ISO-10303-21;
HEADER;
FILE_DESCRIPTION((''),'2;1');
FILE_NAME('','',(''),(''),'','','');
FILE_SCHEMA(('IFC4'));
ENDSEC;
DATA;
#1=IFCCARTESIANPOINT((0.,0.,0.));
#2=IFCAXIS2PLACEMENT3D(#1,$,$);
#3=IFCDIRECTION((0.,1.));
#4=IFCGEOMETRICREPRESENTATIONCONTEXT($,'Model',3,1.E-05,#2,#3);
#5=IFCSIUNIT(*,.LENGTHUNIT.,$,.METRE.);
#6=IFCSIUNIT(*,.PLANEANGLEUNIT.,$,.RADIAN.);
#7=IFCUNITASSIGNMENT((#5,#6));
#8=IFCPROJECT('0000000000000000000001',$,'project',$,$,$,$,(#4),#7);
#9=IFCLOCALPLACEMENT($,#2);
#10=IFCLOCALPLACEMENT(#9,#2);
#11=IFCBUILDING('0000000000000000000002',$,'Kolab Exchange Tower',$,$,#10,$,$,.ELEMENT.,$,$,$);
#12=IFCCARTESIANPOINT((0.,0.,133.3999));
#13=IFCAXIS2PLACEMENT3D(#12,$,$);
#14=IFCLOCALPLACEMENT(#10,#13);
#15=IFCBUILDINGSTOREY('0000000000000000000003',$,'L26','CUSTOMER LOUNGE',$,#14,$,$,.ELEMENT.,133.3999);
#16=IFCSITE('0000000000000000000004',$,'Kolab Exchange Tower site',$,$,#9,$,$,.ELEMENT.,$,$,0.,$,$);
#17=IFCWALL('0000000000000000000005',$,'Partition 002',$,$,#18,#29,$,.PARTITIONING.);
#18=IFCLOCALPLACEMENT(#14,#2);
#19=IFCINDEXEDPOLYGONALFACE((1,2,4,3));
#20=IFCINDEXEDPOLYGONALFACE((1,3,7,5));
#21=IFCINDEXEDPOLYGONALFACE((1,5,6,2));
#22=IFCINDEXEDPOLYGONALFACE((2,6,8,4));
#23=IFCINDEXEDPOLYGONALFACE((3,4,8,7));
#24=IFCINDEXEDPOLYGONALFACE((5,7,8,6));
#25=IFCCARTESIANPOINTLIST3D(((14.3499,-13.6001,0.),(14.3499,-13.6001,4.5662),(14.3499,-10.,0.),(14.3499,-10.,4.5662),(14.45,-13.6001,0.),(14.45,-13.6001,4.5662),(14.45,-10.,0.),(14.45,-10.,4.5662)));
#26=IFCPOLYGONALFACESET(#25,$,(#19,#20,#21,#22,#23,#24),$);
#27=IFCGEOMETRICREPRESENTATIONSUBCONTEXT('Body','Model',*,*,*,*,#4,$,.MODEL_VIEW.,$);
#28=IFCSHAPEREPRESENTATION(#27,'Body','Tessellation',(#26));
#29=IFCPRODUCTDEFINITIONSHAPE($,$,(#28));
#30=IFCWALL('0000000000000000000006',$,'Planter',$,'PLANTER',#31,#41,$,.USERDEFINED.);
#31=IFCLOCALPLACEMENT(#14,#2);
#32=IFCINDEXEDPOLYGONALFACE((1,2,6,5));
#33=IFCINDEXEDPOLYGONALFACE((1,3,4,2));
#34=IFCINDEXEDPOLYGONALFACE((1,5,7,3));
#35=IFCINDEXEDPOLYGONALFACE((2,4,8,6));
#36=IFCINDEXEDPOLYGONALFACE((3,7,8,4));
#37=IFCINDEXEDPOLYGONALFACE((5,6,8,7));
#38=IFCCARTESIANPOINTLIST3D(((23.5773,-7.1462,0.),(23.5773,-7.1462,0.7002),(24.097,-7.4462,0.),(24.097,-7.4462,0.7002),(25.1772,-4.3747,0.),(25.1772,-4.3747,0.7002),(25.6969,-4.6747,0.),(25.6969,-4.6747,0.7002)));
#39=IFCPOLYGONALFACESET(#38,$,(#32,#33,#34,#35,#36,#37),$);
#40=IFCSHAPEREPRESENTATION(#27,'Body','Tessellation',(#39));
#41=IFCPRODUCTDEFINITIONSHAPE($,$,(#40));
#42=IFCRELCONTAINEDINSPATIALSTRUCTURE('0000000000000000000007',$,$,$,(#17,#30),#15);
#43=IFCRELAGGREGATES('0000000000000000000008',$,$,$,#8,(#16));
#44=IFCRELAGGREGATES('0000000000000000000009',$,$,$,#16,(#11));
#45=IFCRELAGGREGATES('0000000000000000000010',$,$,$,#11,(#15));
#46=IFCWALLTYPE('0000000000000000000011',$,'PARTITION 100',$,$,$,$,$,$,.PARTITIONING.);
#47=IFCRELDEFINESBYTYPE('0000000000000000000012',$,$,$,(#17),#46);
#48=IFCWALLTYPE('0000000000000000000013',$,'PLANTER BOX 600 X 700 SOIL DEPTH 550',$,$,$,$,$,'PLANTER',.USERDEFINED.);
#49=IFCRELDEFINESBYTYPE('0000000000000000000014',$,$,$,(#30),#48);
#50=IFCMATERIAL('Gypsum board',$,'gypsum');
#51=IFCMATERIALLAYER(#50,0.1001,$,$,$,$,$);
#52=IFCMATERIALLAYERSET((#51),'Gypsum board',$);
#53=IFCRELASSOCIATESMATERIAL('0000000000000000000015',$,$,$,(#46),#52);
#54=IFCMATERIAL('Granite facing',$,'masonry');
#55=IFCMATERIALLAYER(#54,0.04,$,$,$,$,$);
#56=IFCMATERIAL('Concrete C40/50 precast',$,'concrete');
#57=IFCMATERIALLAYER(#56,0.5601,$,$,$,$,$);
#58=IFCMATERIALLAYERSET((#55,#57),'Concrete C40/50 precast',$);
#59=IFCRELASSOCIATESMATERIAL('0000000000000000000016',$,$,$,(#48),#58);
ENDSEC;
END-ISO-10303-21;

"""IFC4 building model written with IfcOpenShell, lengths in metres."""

from ifc_helpers import new_model, si_unit, direction, frame, frame_2d, origin, place, context, subcontext, project, spatial, rectangle, extrude, material, layer, layer_set, type_object, element, save


model = new_model("IFC4")

# Units and contexts
model_context = context("Model", 3, precision=1e-05, world=origin(), true_north=direction((0.0, 1.0)))
body_context = subcontext(model_context, "Body", "Model", "MODEL_VIEW")
ifc_project = project(units=[si_unit("LENGTHUNIT", "METRE"), si_unit("PLANEANGLEUNIT", "RADIAN")], contexts=[model_context])

# Site, building, storey
site_placement = place(None, origin())
site = spatial("IfcSite", under=ifc_project, at=site_placement, Name="Kolab Exchange Tower site", CompositionType="ELEMENT", RefElevation=0.0)
building_placement = place(site_placement, origin())
building = spatial("IfcBuilding", under=site, at=building_placement, Name="Kolab Exchange Tower", CompositionType="ELEMENT")
storey_placement = place(building_placement, frame((0.0, 0.0, 133.3999)))
storey = spatial("IfcBuildingStorey", under=building, at=storey_placement, Name="L26", Description="CUSTOMER LOUNGE", CompositionType="ELEMENT", Elevation=133.3999)

# Walls
ifc_material_1 = material(Name="Gypsum board", Category="gypsum")
ifc_layer_1 = layer(ifc_material_1, 0.1001)
ifc_layer_set_1 = layer_set([ifc_layer_1], Name="Gypsum board")
wall_type_1 = type_object("IfcWallType", Name="PARTITION 100", PredefinedType="PARTITIONING", material=ifc_layer_set_1)
wall_1_placement = place(storey_placement, frame((14.3999, -13.6001, 0.0), z_axis=(0.0, 0.0, 1.0), x_axis=(0.0, 1.0, 0.0)))
element("IfcWall", 1, at=wall_1_placement, inside=storey, type_object=wall_type_1, Name="Partition 002", PredefinedType="PARTITIONING", context=body_context, shape_type="SweptSolid", body=[
    extrude(rectangle(XDim=3.6001, YDim=0.1001, at=frame_2d((1.8, 0.0))), origin(), (0.0, 0.0, 1.0), 4.5662),
])
ifc_material_2 = material(Name="Granite facing", Category="masonry")
ifc_layer_2 = layer(ifc_material_2, 0.04)
ifc_material_3 = material(Name="Concrete C40/50 precast", Category="concrete")
ifc_layer_3 = layer(ifc_material_3, 0.5601)
ifc_layer_set_2 = layer_set([ifc_layer_2, ifc_layer_3], Name="Concrete C40/50 precast")
wall_type_2 = type_object("IfcWallType", Name="PLANTER BOX 600 X 700 SOIL DEPTH 550", ElementType="PLANTER", PredefinedType="USERDEFINED", material=ifc_layer_set_2)
wall_2_placement = place(storey_placement, frame((25.437, -4.5247, 0.0), z_axis=(0.0, 0.0, 1.0), x_axis=(-0.499938, -0.866061, 0.0)))
element("IfcWall", 2, at=wall_2_placement, inside=storey, type_object=wall_type_2, Name="Planter", ObjectType="PLANTER", PredefinedType="USERDEFINED", context=body_context, shape_type="SweptSolid", body=[
    extrude(rectangle(XDim=3.2002, YDim=0.6001, at=frame_2d((1.6001, 0.0))), origin(), (0.0, 0.0, 1.0), 0.7002),
])

save(model, "model.ifc")
